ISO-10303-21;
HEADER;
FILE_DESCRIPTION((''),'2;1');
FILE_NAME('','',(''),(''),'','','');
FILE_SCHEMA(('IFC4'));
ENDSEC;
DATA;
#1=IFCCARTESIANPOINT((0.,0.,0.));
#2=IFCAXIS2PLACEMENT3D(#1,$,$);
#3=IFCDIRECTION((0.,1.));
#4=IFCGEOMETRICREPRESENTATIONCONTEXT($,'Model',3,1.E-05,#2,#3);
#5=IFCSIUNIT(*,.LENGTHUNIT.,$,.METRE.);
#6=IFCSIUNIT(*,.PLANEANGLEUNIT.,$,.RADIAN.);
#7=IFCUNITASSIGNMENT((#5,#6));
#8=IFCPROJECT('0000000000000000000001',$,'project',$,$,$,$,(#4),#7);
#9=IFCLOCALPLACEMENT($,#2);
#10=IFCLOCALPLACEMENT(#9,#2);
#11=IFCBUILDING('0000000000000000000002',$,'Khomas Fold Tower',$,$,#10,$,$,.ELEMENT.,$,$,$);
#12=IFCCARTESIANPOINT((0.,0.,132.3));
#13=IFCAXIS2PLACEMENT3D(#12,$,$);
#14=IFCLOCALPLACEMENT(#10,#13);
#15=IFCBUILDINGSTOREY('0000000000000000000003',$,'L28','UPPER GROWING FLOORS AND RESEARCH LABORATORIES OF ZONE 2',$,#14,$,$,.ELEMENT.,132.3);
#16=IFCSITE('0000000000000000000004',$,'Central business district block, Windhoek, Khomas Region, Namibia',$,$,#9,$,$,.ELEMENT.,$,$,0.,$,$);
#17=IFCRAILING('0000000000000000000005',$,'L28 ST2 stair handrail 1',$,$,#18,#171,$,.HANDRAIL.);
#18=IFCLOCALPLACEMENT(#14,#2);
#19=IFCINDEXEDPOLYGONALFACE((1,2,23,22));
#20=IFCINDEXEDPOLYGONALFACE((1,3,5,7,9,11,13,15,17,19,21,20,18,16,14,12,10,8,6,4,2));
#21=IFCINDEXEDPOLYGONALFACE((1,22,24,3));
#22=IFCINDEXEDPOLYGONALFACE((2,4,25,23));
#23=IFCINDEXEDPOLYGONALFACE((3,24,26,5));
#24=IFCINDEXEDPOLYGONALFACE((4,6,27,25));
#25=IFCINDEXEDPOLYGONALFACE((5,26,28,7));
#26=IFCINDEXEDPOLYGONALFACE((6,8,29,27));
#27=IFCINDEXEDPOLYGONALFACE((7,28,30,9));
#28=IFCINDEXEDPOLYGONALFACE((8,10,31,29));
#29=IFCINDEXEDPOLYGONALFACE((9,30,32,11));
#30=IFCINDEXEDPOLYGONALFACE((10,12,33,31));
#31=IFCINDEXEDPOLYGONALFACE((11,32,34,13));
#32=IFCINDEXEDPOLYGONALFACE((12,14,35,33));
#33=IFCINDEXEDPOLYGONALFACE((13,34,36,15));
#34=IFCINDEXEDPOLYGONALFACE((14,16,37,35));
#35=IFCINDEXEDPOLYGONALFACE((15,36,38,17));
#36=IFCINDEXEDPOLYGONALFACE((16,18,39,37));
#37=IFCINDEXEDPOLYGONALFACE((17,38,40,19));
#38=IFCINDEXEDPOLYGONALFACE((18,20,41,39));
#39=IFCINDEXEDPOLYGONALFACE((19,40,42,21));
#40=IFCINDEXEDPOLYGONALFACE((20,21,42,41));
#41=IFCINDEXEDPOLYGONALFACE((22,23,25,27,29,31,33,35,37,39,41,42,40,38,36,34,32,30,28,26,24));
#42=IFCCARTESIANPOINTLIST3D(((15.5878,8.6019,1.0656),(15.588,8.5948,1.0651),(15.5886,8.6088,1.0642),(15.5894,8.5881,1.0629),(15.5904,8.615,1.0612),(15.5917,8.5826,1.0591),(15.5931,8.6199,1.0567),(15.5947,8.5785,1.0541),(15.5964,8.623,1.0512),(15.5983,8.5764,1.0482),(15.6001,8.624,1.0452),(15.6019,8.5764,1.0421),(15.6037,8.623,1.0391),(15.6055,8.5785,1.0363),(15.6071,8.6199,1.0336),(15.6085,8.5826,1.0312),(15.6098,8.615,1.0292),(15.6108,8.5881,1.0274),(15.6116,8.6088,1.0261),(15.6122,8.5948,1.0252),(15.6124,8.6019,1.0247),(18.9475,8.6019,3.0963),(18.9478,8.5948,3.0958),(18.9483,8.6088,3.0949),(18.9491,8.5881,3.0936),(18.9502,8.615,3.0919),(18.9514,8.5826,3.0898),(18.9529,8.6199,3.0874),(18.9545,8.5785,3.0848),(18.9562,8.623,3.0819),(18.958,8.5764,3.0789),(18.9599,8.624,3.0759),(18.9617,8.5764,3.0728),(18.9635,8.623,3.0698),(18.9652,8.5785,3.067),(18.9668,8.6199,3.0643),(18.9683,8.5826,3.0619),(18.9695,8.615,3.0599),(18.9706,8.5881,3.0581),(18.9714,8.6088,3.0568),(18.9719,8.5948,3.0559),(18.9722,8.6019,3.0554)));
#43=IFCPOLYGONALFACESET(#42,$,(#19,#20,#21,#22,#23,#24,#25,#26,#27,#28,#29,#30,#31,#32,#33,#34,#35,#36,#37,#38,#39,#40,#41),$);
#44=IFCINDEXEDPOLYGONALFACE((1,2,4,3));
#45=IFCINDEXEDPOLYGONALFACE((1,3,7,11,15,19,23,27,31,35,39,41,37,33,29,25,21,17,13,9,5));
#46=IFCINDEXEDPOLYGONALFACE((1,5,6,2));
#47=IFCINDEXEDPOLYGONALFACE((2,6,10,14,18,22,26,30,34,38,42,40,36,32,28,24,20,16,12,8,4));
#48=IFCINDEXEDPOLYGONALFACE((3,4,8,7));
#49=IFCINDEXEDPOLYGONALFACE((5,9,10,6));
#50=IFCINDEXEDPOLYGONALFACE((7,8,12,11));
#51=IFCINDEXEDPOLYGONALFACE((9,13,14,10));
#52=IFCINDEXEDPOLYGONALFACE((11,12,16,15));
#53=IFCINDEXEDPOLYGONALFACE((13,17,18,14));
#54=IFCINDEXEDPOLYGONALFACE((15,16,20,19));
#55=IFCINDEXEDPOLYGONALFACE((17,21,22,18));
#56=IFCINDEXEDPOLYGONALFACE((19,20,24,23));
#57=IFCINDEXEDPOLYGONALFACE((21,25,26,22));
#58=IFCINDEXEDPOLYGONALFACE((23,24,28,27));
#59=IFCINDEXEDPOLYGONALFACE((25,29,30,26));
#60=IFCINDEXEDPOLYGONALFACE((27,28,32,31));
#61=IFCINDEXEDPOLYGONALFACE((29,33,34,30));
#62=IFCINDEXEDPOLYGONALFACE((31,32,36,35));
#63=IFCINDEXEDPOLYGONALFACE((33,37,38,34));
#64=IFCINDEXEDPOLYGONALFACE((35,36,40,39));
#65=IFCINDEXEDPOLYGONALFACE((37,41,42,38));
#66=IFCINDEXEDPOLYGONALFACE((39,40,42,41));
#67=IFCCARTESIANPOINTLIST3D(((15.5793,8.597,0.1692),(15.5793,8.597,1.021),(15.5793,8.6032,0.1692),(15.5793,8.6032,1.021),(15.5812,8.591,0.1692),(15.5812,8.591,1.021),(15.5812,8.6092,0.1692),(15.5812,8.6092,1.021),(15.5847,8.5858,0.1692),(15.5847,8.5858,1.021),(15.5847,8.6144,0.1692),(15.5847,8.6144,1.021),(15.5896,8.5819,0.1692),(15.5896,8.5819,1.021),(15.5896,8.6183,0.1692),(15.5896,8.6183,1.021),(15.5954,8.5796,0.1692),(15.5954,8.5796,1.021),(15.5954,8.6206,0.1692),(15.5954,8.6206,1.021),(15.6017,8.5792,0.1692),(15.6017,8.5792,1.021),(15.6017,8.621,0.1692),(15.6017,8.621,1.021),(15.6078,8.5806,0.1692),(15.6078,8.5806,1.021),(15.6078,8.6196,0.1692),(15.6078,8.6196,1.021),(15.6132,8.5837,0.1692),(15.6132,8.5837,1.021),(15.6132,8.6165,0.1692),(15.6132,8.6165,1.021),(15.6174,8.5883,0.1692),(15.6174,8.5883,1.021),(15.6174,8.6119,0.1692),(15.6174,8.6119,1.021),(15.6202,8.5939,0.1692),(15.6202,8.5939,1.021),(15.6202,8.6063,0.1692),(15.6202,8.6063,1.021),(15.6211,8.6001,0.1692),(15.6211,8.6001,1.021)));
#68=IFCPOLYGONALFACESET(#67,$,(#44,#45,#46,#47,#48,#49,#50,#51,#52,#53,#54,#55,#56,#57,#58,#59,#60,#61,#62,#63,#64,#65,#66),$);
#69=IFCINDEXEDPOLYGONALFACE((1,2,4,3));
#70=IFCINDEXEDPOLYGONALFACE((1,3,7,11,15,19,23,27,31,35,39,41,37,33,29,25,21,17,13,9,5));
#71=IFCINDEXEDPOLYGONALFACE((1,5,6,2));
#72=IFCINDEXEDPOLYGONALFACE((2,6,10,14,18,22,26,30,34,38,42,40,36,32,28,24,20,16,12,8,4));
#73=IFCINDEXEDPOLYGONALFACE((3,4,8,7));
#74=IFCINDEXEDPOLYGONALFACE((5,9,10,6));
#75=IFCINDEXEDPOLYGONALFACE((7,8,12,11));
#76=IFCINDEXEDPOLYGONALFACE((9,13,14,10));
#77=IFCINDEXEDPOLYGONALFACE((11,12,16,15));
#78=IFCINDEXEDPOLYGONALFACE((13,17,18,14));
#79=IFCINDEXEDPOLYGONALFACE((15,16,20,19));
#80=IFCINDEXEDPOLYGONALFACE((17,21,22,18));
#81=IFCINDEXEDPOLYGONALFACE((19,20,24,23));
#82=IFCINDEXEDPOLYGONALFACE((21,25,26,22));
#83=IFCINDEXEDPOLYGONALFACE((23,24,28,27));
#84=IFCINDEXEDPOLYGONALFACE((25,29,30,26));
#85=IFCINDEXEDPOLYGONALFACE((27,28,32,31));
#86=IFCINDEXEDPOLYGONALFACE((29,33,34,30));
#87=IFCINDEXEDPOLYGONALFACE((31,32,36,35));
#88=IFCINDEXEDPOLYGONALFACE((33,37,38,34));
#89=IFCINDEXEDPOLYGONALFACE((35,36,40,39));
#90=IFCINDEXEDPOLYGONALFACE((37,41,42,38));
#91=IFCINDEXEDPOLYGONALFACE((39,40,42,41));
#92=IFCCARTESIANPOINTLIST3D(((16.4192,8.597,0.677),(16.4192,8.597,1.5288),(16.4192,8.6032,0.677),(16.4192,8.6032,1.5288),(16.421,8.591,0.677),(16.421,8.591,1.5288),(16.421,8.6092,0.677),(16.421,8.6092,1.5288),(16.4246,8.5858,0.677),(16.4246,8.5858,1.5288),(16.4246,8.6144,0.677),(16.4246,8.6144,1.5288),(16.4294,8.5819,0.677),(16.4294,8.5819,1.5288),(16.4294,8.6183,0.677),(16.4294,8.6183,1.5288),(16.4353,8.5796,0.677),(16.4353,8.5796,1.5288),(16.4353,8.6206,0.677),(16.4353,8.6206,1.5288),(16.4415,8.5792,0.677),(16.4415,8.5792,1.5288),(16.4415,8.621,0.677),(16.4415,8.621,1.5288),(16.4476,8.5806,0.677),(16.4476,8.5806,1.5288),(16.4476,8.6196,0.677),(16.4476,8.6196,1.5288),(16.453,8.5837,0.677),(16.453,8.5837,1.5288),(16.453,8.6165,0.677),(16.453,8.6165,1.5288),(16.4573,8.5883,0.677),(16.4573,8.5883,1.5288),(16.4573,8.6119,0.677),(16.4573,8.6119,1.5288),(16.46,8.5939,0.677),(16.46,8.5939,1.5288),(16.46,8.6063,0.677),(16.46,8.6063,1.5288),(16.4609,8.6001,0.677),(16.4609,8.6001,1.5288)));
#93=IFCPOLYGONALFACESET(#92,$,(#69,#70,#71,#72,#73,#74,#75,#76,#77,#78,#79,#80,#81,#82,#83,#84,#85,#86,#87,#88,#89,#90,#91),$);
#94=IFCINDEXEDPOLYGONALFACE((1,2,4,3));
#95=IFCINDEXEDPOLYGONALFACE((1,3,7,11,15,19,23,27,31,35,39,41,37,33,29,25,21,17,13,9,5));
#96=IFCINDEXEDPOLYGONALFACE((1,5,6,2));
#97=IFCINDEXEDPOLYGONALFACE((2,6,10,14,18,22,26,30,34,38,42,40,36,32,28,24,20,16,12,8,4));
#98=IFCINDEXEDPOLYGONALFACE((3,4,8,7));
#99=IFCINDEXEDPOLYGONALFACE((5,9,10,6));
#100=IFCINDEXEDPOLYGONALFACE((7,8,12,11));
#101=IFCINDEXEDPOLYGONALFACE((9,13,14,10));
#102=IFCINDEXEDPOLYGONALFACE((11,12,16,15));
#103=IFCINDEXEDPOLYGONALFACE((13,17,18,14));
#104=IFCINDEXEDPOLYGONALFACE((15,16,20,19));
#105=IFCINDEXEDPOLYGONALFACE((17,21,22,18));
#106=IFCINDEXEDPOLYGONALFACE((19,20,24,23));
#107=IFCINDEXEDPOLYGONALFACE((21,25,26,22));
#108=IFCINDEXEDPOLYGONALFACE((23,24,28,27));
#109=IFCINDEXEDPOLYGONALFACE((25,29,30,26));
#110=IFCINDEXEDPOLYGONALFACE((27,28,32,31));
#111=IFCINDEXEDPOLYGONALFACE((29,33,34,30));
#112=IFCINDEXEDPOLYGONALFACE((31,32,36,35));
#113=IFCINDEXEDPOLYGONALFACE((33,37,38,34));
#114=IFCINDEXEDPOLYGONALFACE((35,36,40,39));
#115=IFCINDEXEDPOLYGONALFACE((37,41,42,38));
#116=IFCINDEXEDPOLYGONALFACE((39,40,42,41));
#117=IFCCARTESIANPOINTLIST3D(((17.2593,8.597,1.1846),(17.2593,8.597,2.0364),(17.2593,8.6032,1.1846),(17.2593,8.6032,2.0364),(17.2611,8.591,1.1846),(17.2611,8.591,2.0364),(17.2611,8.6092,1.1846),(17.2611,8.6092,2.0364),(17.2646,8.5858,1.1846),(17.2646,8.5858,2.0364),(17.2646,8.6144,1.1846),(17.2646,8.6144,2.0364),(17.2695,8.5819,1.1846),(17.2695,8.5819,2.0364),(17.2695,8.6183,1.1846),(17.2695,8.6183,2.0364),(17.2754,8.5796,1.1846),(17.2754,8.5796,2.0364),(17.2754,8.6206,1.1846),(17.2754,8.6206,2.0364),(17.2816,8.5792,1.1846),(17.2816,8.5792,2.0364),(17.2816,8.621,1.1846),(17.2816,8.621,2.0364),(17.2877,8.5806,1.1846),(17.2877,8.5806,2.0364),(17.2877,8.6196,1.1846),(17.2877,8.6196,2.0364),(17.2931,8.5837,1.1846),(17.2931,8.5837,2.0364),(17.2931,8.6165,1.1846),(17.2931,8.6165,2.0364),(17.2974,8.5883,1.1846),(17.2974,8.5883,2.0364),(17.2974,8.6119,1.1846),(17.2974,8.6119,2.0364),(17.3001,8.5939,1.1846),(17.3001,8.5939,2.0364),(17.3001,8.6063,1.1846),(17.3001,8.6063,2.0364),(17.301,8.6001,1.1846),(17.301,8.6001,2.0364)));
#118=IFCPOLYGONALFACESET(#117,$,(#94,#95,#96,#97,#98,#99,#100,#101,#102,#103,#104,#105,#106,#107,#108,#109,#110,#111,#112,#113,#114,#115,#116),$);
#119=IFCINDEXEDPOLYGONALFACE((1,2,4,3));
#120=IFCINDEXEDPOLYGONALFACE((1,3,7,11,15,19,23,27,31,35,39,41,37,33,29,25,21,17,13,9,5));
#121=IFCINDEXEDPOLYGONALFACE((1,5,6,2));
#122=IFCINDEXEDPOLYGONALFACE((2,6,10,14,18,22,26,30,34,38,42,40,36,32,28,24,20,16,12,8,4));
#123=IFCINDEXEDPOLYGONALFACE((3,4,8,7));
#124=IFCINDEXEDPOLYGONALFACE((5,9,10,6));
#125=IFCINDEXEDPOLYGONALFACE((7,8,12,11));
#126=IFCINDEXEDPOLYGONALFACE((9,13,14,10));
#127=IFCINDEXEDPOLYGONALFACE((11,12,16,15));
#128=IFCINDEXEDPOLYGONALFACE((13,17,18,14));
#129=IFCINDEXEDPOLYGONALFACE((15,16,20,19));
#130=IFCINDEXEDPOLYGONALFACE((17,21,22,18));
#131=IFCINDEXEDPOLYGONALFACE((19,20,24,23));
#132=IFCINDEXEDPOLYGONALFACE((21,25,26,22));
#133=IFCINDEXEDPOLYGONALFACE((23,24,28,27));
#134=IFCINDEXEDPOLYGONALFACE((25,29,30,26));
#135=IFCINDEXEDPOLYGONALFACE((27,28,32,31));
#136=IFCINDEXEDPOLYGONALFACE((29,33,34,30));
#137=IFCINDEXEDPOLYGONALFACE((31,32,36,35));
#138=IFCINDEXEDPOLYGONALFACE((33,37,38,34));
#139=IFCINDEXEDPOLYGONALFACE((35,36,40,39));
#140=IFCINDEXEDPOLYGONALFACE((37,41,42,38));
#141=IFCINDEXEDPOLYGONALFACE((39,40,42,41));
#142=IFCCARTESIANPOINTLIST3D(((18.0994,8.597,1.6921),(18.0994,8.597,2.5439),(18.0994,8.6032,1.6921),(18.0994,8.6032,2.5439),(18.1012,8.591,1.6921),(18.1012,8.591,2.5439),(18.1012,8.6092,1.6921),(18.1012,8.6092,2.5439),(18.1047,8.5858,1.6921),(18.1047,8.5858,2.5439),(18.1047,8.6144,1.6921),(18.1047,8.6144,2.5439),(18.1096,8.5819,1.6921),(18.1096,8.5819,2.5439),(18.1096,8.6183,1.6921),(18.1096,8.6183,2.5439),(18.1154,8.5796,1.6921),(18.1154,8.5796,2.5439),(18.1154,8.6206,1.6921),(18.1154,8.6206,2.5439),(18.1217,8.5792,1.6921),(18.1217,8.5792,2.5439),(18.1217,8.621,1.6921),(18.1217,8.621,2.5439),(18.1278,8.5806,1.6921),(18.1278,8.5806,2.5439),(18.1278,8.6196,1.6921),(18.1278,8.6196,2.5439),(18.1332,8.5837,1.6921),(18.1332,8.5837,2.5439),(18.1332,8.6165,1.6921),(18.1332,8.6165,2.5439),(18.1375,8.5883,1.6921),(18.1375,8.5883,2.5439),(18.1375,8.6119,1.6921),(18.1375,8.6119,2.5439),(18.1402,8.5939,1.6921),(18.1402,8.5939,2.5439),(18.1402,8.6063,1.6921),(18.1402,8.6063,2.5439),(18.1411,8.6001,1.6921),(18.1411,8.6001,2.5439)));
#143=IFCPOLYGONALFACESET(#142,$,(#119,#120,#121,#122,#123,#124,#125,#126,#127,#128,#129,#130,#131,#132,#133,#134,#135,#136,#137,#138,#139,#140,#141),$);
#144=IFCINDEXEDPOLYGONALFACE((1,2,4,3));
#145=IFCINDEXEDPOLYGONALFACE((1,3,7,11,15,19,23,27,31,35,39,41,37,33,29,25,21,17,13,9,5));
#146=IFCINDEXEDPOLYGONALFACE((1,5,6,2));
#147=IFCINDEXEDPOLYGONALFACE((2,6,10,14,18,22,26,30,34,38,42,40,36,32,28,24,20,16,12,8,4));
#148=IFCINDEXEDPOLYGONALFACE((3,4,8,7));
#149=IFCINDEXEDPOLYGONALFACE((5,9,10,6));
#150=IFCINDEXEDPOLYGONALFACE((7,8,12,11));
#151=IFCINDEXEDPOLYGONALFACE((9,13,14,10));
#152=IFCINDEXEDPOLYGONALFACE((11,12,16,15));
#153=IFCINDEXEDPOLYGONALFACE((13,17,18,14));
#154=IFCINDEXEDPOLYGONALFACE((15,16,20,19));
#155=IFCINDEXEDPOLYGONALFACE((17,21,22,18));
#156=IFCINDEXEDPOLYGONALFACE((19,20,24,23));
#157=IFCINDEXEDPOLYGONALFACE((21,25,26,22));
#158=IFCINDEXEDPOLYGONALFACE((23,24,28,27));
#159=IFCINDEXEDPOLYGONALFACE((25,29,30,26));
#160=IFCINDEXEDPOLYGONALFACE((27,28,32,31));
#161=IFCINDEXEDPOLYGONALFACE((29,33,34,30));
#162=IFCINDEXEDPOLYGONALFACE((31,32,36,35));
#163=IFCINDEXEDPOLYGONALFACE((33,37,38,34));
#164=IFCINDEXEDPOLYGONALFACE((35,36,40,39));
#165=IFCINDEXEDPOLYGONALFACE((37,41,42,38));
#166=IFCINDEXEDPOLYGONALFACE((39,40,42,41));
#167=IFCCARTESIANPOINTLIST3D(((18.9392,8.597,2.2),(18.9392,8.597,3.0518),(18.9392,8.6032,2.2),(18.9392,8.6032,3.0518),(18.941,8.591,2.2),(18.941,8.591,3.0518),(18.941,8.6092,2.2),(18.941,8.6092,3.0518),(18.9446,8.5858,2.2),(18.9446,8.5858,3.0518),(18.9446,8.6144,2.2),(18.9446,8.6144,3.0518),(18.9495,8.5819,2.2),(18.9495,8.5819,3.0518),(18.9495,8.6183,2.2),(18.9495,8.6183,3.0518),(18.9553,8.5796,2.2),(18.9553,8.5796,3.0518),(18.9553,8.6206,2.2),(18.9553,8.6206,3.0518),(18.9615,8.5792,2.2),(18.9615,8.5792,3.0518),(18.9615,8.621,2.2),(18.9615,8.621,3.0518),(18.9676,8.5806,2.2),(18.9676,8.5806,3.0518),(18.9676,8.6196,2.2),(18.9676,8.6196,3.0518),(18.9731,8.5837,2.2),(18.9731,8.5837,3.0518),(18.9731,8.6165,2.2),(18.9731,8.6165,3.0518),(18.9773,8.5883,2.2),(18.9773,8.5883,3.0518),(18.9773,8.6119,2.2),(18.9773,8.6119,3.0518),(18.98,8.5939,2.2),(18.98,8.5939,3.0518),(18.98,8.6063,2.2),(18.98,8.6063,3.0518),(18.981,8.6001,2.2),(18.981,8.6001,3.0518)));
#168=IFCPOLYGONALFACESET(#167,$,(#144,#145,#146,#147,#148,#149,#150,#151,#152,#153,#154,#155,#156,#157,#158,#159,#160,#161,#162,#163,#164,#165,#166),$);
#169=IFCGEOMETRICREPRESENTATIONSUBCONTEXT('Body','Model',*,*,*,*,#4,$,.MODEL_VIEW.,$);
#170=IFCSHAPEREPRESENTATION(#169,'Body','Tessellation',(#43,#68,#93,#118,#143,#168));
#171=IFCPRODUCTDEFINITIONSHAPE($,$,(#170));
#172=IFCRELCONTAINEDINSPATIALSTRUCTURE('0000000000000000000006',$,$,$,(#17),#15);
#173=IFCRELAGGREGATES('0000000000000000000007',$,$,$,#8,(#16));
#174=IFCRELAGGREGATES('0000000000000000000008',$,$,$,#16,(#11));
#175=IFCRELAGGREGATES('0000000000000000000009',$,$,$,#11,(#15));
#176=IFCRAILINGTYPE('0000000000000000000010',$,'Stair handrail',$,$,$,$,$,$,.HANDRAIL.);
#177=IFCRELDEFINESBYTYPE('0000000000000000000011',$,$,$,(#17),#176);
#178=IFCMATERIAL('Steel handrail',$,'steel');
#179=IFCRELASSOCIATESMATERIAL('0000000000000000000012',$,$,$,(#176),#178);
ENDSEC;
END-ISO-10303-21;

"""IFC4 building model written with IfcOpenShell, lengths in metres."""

from ifc_helpers import new_model, si_unit, direction, frame, origin, origin_2d, place, context, subcontext, project, spatial, circle, extrude, source, transform, mapped, material, type_object, element, save


model = new_model("IFC4")

# Units and contexts
model_context = context("Model", 3, precision=1e-05, world=origin(), true_north=direction((0.0, 1.0)))
body_context = subcontext(model_context, "Body", "Model", "MODEL_VIEW")
ifc_project = project(units=[si_unit("LENGTHUNIT", "METRE"), si_unit("PLANEANGLEUNIT", "RADIAN")], contexts=[model_context])

# Site, building, storey
site_placement = place(None, origin())
site = spatial("IfcSite", under=ifc_project, at=site_placement, Name="Central business district block, Windhoek, Khomas Region, Namibia", CompositionType="ELEMENT", RefElevation=0.0)
building_placement = place(site_placement, origin())
building = spatial("IfcBuilding", under=site, at=building_placement, Name="Khomas Fold Tower", CompositionType="ELEMENT")
storey_placement = place(building_placement, frame((0.0, 0.0, 132.3)))
storey = spatial("IfcBuildingStorey", under=building, at=storey_placement, Name="L28", Description="UPPER GROWING FLOORS AND RESEARCH LABORATORIES OF ZONE 2", CompositionType="ELEMENT", Elevation=132.3)

# Railing
ifc_material_1 = material(Name="Steel handrail", Category="steel")
railing_type_1 = type_object("IfcRailingType", Name="Stair handrail", PredefinedType="HANDRAIL", material=ifc_material_1)
shared_shape_1 = source(origin(), body_context, "Body", "SweptSolid", [
    extrude(circle(Radius=0.0239, at=origin_2d()), frame((0.0, 0.0, 0.876), z_axis=(0.85582, 0.0, 0.517273), x_axis=(0.0, 1.0, 0.0)), (0.0, 0.0, 1.0), 3.9258),
    extrude(circle(Radius=0.021, at=origin_2d()), origin(), (0.0, 0.0, 1.0), 0.8518),
    extrude(circle(Radius=0.021, at=origin_2d()), frame((0.8398, 0.0, 0.5078)), (0.0, 0.0, 1.0), 0.8518),
    extrude(circle(Radius=0.021, at=origin_2d()), frame((1.6799, 0.0, 1.0154)), (0.0, 0.0, 1.0), 0.8518),
    extrude(circle(Radius=0.021, at=origin_2d()), frame((2.52, 0.0, 1.5229)), (0.0, 0.0, 1.0), 0.8518),
    extrude(circle(Radius=0.021, at=origin_2d()), frame((3.3599, 0.0, 2.0308)), (0.0, 0.0, 1.0), 0.8518),
])
railing_1_placement = place(storey_placement, frame((15.6001, 8.6001, 0.1692)))
element("IfcRailing", 1, at=railing_1_placement, inside=storey, type_object=railing_type_1, Name="L28 ST2 stair handrail 1", PredefinedType="HANDRAIL", context=body_context, shape_type="MappedRepresentation", body=[
    mapped(shared_shape_1, transform((0.0, 0.0, 0.0))),
])

save(model, "model.ifc")
